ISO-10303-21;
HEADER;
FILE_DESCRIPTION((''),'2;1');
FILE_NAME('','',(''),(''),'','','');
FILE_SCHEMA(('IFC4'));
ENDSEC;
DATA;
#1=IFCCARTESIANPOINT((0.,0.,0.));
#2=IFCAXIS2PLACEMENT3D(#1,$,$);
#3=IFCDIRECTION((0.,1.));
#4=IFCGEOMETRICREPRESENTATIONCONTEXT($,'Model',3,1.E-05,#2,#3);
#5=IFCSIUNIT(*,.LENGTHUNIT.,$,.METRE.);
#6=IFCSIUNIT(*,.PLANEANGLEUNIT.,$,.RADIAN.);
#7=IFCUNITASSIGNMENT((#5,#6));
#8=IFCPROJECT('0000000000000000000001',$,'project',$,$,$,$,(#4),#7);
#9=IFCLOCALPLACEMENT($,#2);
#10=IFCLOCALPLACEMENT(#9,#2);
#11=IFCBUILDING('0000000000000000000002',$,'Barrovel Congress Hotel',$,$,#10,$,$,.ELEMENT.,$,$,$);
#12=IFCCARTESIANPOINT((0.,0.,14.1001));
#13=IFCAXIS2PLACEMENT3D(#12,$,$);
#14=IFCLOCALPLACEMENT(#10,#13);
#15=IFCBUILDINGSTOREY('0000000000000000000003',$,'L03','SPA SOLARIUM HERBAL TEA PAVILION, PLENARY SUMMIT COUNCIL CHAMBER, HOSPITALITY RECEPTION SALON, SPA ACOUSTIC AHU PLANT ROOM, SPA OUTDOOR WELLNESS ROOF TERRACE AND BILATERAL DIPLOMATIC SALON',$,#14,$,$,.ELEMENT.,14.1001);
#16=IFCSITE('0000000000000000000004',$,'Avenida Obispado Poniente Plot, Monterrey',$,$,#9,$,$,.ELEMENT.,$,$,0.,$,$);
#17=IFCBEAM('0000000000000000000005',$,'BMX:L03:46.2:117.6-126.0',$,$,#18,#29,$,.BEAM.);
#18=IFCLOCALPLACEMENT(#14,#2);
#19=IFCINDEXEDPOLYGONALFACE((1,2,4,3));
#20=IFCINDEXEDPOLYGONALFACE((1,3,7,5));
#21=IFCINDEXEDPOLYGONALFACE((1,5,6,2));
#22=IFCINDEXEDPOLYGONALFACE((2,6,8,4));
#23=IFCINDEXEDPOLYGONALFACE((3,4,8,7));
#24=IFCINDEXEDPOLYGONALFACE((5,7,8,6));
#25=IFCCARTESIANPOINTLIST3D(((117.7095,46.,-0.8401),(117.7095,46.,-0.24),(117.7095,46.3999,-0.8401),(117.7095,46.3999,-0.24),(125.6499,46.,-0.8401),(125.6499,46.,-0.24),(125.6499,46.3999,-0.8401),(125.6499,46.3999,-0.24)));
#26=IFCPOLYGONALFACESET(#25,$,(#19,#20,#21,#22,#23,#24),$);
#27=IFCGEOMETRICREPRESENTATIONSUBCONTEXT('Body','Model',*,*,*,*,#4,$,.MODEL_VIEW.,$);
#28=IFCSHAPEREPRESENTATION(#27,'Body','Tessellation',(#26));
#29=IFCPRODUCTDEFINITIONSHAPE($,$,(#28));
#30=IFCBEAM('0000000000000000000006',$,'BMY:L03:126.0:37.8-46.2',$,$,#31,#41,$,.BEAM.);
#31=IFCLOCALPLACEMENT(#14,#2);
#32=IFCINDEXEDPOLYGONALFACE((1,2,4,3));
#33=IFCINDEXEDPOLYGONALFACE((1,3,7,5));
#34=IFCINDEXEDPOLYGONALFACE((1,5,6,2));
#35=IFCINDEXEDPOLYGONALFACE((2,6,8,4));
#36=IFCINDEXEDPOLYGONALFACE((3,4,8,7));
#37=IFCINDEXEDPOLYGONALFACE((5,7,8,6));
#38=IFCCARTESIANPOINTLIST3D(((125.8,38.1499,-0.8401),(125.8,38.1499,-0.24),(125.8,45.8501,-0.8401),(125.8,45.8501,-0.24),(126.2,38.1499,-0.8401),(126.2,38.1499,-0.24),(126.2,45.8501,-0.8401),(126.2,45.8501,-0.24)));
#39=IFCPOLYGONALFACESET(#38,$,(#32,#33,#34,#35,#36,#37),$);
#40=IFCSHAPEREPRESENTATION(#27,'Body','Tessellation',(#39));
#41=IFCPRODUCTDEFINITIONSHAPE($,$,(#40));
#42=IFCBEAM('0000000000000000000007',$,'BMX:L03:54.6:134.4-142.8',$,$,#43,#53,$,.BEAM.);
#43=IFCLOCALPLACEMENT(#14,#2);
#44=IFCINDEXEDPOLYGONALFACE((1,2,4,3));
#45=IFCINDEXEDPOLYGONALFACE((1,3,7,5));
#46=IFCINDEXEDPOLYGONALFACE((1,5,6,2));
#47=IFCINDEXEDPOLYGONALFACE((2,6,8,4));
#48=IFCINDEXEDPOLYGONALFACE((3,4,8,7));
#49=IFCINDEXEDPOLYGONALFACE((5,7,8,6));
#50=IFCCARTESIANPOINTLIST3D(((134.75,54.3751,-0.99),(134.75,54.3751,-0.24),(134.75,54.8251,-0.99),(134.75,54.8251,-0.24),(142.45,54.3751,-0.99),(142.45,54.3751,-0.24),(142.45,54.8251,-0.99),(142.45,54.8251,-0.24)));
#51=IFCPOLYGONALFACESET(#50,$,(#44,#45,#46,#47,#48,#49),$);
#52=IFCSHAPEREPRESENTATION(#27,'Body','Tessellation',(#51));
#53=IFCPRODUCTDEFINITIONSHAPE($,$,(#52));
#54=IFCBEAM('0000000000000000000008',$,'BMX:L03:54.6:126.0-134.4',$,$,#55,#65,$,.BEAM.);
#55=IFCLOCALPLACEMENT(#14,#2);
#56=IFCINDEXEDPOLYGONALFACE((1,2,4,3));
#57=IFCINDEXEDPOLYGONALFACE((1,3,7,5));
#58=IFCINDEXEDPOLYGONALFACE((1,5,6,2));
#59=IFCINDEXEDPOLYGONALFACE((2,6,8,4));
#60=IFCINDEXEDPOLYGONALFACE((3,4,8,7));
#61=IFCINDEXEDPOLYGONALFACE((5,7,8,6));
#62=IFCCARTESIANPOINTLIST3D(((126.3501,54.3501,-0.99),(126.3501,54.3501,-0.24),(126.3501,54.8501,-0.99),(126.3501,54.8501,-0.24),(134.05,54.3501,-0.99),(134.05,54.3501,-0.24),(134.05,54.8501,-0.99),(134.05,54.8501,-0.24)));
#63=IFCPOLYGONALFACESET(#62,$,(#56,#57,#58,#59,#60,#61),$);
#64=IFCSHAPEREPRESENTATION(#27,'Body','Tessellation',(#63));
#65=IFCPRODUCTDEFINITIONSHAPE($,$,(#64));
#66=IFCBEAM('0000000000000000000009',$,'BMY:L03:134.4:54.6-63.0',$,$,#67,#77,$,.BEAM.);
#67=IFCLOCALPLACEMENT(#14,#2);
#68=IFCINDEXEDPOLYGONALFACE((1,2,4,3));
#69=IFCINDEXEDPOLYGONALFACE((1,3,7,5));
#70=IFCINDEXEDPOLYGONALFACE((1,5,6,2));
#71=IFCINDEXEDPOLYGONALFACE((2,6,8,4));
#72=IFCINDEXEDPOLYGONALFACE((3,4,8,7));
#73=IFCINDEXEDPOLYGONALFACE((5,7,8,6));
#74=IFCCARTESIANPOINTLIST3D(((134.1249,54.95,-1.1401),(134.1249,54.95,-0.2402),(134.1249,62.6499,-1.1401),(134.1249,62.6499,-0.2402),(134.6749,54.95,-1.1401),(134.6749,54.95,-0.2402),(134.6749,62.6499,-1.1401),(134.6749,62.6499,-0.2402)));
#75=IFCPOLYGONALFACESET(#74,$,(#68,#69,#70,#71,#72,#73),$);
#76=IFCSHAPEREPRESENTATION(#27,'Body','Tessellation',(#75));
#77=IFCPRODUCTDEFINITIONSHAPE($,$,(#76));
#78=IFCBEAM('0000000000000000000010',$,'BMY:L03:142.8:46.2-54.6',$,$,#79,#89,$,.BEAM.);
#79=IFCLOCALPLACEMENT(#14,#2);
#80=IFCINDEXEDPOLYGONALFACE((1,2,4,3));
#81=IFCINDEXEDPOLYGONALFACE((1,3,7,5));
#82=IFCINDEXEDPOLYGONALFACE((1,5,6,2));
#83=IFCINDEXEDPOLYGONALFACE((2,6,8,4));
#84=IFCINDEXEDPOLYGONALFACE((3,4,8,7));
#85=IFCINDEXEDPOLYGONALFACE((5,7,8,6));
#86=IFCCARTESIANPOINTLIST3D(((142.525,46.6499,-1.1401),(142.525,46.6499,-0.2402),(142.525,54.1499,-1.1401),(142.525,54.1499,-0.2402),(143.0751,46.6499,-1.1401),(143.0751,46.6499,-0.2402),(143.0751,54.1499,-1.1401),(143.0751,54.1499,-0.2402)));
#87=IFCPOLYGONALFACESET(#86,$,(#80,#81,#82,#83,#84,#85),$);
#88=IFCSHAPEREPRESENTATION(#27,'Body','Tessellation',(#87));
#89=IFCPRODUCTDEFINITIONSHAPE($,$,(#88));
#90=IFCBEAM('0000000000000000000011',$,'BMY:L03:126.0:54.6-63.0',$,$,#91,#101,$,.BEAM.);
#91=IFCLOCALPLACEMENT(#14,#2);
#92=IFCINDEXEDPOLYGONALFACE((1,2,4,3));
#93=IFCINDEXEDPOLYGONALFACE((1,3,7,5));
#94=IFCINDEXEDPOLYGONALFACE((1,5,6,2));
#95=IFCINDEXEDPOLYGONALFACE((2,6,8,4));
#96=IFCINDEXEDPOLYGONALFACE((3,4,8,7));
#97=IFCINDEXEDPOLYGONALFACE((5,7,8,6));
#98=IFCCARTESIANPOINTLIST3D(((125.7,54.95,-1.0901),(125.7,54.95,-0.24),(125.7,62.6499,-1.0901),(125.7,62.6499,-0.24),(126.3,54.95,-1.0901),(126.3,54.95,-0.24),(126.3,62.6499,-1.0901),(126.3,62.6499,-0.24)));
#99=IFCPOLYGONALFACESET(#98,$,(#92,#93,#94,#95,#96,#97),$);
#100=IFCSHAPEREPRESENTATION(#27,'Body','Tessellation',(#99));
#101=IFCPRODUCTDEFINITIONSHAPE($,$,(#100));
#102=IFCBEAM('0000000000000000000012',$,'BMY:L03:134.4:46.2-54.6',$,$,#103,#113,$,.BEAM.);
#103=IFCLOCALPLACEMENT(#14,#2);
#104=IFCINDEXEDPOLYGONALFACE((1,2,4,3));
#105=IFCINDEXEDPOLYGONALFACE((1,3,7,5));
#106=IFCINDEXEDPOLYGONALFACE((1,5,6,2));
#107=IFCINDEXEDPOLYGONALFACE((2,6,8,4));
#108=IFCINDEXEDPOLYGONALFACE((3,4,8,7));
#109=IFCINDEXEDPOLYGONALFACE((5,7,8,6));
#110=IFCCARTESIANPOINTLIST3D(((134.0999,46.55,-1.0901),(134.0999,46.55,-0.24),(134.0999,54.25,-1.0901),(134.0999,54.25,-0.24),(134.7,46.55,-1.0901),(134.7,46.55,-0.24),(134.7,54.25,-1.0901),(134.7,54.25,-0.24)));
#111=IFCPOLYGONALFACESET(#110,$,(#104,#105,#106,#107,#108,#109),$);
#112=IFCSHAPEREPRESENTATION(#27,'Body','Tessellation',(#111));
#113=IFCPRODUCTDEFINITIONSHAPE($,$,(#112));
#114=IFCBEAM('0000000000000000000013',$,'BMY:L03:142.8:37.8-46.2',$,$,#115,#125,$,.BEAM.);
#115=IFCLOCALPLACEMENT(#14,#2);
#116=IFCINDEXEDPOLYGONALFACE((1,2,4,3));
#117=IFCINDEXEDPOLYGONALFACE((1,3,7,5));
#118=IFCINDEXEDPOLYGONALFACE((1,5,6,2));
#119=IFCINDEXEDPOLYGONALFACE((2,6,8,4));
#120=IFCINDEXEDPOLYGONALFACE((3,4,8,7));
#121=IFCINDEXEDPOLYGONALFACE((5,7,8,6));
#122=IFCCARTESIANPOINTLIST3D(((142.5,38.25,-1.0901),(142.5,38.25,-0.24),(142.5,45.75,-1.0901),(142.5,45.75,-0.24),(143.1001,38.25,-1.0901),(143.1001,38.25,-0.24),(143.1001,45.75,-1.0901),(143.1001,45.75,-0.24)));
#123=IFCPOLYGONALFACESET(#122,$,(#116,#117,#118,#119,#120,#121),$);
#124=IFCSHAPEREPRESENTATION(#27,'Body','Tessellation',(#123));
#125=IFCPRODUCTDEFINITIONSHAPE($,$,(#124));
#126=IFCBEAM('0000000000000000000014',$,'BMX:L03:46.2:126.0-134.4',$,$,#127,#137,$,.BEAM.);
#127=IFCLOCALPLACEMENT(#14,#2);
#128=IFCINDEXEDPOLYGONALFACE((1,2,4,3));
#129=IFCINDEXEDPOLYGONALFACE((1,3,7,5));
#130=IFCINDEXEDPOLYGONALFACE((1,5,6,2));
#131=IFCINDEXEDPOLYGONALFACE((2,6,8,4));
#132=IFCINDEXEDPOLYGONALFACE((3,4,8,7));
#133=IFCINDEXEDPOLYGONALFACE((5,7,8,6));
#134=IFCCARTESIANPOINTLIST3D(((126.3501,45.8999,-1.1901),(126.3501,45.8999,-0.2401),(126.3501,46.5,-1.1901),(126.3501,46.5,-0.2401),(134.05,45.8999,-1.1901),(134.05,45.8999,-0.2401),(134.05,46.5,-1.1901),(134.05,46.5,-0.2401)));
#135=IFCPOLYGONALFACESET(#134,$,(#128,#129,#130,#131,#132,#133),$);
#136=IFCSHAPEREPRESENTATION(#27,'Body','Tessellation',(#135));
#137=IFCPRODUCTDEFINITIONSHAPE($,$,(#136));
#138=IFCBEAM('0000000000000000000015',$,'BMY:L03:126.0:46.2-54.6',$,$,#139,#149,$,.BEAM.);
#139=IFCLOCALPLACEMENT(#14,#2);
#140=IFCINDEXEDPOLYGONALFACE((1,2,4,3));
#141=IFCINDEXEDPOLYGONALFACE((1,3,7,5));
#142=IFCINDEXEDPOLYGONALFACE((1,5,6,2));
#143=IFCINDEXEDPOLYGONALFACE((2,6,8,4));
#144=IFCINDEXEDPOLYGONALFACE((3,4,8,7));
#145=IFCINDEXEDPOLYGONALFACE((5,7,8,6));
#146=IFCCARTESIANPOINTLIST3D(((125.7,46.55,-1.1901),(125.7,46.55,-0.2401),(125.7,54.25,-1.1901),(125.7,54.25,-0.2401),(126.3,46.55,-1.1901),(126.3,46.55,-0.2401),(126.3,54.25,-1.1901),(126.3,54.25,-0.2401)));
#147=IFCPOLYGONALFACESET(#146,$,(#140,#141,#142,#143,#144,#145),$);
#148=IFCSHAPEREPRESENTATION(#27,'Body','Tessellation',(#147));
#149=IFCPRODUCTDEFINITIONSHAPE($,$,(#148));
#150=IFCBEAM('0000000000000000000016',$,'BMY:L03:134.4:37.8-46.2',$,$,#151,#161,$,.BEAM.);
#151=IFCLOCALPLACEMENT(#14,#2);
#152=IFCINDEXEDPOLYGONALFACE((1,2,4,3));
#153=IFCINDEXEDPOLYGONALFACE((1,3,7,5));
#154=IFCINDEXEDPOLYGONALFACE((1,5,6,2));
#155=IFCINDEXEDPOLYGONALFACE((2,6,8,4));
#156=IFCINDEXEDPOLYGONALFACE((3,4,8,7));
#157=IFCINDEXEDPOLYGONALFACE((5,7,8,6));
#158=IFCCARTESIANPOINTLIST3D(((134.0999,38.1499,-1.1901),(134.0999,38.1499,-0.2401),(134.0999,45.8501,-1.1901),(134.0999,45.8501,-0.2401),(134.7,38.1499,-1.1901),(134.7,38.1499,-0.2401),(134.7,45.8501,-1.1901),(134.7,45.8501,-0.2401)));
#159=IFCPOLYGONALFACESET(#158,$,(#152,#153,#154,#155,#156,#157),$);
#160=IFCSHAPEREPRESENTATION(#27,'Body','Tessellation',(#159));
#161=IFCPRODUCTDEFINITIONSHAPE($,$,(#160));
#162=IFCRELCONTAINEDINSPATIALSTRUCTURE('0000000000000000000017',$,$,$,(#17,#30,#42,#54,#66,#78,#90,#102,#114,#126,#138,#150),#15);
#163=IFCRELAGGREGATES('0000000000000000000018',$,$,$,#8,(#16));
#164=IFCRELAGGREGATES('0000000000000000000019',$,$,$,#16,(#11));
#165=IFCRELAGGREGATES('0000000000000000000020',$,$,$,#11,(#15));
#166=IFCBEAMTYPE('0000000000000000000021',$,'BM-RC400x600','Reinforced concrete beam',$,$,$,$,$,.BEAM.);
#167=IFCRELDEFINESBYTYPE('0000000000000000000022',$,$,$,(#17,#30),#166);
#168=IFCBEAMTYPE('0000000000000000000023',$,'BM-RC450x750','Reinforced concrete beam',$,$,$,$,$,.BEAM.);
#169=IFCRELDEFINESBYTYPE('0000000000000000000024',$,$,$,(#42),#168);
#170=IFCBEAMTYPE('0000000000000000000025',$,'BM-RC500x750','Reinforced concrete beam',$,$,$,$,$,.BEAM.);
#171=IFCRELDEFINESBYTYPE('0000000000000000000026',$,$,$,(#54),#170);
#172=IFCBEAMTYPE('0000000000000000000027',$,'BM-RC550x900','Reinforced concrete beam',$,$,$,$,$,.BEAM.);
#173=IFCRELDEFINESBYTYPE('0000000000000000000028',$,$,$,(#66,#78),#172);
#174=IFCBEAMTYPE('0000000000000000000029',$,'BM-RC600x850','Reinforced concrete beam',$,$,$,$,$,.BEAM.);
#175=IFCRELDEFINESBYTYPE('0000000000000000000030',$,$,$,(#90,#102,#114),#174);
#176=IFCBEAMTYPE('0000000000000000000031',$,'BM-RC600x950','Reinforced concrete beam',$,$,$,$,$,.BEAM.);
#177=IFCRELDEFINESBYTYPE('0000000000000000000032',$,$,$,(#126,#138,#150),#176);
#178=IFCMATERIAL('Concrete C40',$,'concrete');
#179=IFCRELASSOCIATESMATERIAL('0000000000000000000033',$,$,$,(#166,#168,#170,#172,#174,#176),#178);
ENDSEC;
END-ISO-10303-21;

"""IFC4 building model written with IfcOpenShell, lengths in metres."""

from ifc_helpers import new_model, si_unit, direction, frame, origin, origin_2d, place, context, subcontext, project, spatial, rectangle, extrude, material, material_profile, profile_set, type_object, element, save


model = new_model("IFC4")

# Units and contexts
model_context = context("Model", 3, precision=1e-05, world=origin(), true_north=direction((0.0, 1.0)))
body_context = subcontext(model_context, "Body", "Model", "MODEL_VIEW")
ifc_project = project(units=[si_unit("LENGTHUNIT", "METRE"), si_unit("PLANEANGLEUNIT", "RADIAN")], contexts=[model_context])

# Site, building, storey
site_placement = place(None, origin())
site = spatial("IfcSite", under=ifc_project, at=site_placement, Name="Avenida Obispado Poniente Plot, Monterrey", CompositionType="ELEMENT", RefElevation=0.0)
building_placement = place(site_placement, origin())
building = spatial("IfcBuilding", under=site, at=building_placement, Name="Barrovel Congress Hotel", CompositionType="ELEMENT")
storey_placement = place(building_placement, frame((0.0, 0.0, 14.1001)))
storey = spatial("IfcBuildingStorey", under=building, at=storey_placement, Name="L03", Description="SPA SOLARIUM HERBAL TEA PAVILION, PLENARY SUMMIT COUNCIL CHAMBER, HOSPITALITY RECEPTION SALON, SPA ACOUSTIC AHU PLANT ROOM, SPA OUTDOOR WELLNESS ROOF TERRACE AND BILATERAL DIPLOMATIC SALON", CompositionType="ELEMENT", Elevation=14.1001)

# Beams
ifc_material_1 = material(Name="Concrete C40", Category="concrete")
ifc_material_profile_1 = material_profile(ifc_material_1, rectangle(XDim=0.3999, YDim=0.6001, at=origin_2d()), Name="RC400x600")
ifc_profile_set_1 = profile_set([ifc_material_profile_1], Name="Concrete C40")
beam_type_1 = type_object("IfcBeamType", Name="BM-RC400x600", Description="Reinforced concrete beam", PredefinedType="BEAM", material=ifc_profile_set_1)
beam_1_placement = place(storey_placement, frame((117.7095, 46.2, -0.54), z_axis=(1.0, 0.0, 0.0), x_axis=(0.0, 1.0, 0.0)))
element("IfcBeam", 1, at=beam_1_placement, inside=storey, type_object=beam_type_1, Name="BMX:L03:46.2:117.6-126.0", PredefinedType="BEAM", context=body_context, shape_type="SweptSolid", body=[
    extrude(rectangle(XDim=0.3999, YDim=0.6001, at=origin_2d()), origin(), (0.0, 0.0, 1.0), 7.9404),
])
beam_2_placement = place(storey_placement, frame((126.0, 38.1499, -0.54), z_axis=(0.0, 1.0, 0.0), x_axis=(-1.0, 0.0, 0.0)))
element("IfcBeam", 2, at=beam_2_placement, inside=storey, type_object=beam_type_1, Name="BMY:L03:126.0:37.8-46.2", PredefinedType="BEAM", context=body_context, shape_type="SweptSolid", body=[
    extrude(rectangle(XDim=0.3999, YDim=0.6001, at=origin_2d()), origin(), (0.0, 0.0, 1.0), 7.7002),
])
ifc_material_profile_2 = material_profile(ifc_material_1, rectangle(XDim=0.45, YDim=0.75, at=origin_2d()), Name="RC450x750")
ifc_profile_set_2 = profile_set([ifc_material_profile_2], Name="Concrete C40")
beam_type_2 = type_object("IfcBeamType", Name="BM-RC450x750", Description="Reinforced concrete beam", PredefinedType="BEAM", material=ifc_profile_set_2)
beam_3_placement = place(storey_placement, frame((134.75, 54.6001, -0.615), z_axis=(1.0, 0.0, 0.0), x_axis=(0.0, 1.0, 0.0)))
element("IfcBeam", 3, at=beam_3_placement, inside=storey, type_object=beam_type_2, Name="BMX:L03:54.6:134.4-142.8", PredefinedType="BEAM", context=body_context, shape_type="SweptSolid", body=[
    extrude(rectangle(XDim=0.45, YDim=0.75, at=origin_2d()), origin(), (0.0, 0.0, 1.0), 7.7),
])
ifc_material_profile_3 = material_profile(ifc_material_1, rectangle(XDim=0.5, YDim=0.75, at=origin_2d()), Name="RC500x750")
ifc_profile_set_3 = profile_set([ifc_material_profile_3], Name="Concrete C40")
beam_type_3 = type_object("IfcBeamType", Name="BM-RC500x750", Description="Reinforced concrete beam", PredefinedType="BEAM", material=ifc_profile_set_3)
beam_4_placement = place(storey_placement, frame((126.3501, 54.6001, -0.615), z_axis=(1.0, 0.0, 0.0), x_axis=(0.0, 1.0, 0.0)))
element("IfcBeam", 4, at=beam_4_placement, inside=storey, type_object=beam_type_3, Name="BMX:L03:54.6:126.0-134.4", PredefinedType="BEAM", context=body_context, shape_type="SweptSolid", body=[
    extrude(rectangle(XDim=0.5, YDim=0.75, at=origin_2d()), origin(), (0.0, 0.0, 1.0), 7.7),
])
ifc_material_profile_4 = material_profile(ifc_material_1, rectangle(XDim=0.55, YDim=0.8999, at=origin_2d()), Name="RC550x900")
ifc_profile_set_4 = profile_set([ifc_material_profile_4], Name="Concrete C40")
beam_type_4 = type_object("IfcBeamType", Name="BM-RC550x900", Description="Reinforced concrete beam", PredefinedType="BEAM", material=ifc_profile_set_4)
beam_5_placement = place(storey_placement, frame((134.3999, 54.95, -0.6902), z_axis=(0.0, 1.0, 0.0), x_axis=(-1.0, 0.0, 0.0)))
element("IfcBeam", 5, at=beam_5_placement, inside=storey, type_object=beam_type_4, Name="BMY:L03:134.4:54.6-63.0", PredefinedType="BEAM", context=body_context, shape_type="SweptSolid", body=[
    extrude(rectangle(XDim=0.55, YDim=0.8999, at=origin_2d()), origin(), (0.0, 0.0, 1.0), 7.7),
])
beam_6_placement = place(storey_placement, frame((142.8, 46.6499, -0.6902), z_axis=(0.0, 1.0, 0.0), x_axis=(-1.0, 0.0, 0.0)))
element("IfcBeam", 6, at=beam_6_placement, inside=storey, type_object=beam_type_4, Name="BMY:L03:142.8:46.2-54.6", PredefinedType="BEAM", context=body_context, shape_type="SweptSolid", body=[
    extrude(rectangle(XDim=0.55, YDim=0.8999, at=origin_2d()), origin(), (0.0, 0.0, 1.0), 7.5),
])
ifc_material_profile_5 = material_profile(ifc_material_1, rectangle(XDim=0.6001, YDim=0.8501, at=origin_2d()), Name="RC600x850")
ifc_profile_set_5 = profile_set([ifc_material_profile_5], Name="Concrete C40")
beam_type_5 = type_object("IfcBeamType", Name="BM-RC600x850", Description="Reinforced concrete beam", PredefinedType="BEAM", material=ifc_profile_set_5)
for number, where, z_axis, x_axis, name in (
    (7, (126.0, 54.95, -0.665), (0.0, 1.0, 0.0), (-1.0, 0.0, 0.0), "BMY:L03:126.0:54.6-63.0"),
    (8, (134.3999, 46.55, -0.665), (0.0, 1.0, 0.0), (-1.0, 0.0, 0.0), "BMY:L03:134.4:46.2-54.6"),
):
    element("IfcBeam", number, at=place(storey_placement, frame(where, z_axis=z_axis, x_axis=x_axis)), inside=storey, type_object=beam_type_5, Name=name, PredefinedType="BEAM", context=body_context, shape_type="SweptSolid", body=[
        extrude(rectangle(XDim=0.6001, YDim=0.8501, at=origin_2d()), origin(), (0.0, 0.0, 1.0), 7.7),
    ])
beam_7_placement = place(storey_placement, frame((142.8, 38.25, -0.665), z_axis=(0.0, 1.0, 0.0), x_axis=(-1.0, 0.0, 0.0)))
element("IfcBeam", 9, at=beam_7_placement, inside=storey, type_object=beam_type_5, Name="BMY:L03:142.8:37.8-46.2", PredefinedType="BEAM", context=body_context, shape_type="SweptSolid", body=[
    extrude(rectangle(XDim=0.6001, YDim=0.8501, at=origin_2d()), origin(), (0.0, 0.0, 1.0), 7.5),
])
ifc_material_profile_6 = material_profile(ifc_material_1, rectangle(XDim=0.6001, YDim=0.95, at=origin_2d()), Name="RC600x950")
ifc_profile_set_6 = profile_set([ifc_material_profile_6], Name="Concrete C40")
beam_type_6 = type_object("IfcBeamType", Name="BM-RC600x950", Description="Reinforced concrete beam", PredefinedType="BEAM", material=ifc_profile_set_6)
for number, where, z_axis, x_axis, name in (
    (10, (126.3501, 46.2, -0.7151), (1.0, 0.0, 0.0), (0.0, 1.0, 0.0), "BMX:L03:46.2:126.0-134.4"),
    (11, (126.0, 46.55, -0.7151), (0.0, 1.0, 0.0), (-1.0, 0.0, 0.0), "BMY:L03:126.0:46.2-54.6"),
):
    element("IfcBeam", number, at=place(storey_placement, frame(where, z_axis=z_axis, x_axis=x_axis)), inside=storey, type_object=beam_type_6, Name=name, PredefinedType="BEAM", context=body_context, shape_type="SweptSolid", body=[
        extrude(rectangle(XDim=0.6001, YDim=0.95, at=origin_2d()), origin(), (0.0, 0.0, 1.0), 7.7),
    ])
beam_8_placement = place(storey_placement, frame((134.3999, 38.1499, -0.7151), z_axis=(0.0, 1.0, 0.0), x_axis=(-1.0, 0.0, 0.0)))
element("IfcBeam", 12, at=beam_8_placement, inside=storey, type_object=beam_type_6, Name="BMY:L03:134.4:37.8-46.2", PredefinedType="BEAM", context=body_context, shape_type="SweptSolid", body=[
    extrude(rectangle(XDim=0.6001, YDim=0.95, at=origin_2d()), origin(), (0.0, 0.0, 1.0), 7.7002),
])

save(model, "model.ifc")
